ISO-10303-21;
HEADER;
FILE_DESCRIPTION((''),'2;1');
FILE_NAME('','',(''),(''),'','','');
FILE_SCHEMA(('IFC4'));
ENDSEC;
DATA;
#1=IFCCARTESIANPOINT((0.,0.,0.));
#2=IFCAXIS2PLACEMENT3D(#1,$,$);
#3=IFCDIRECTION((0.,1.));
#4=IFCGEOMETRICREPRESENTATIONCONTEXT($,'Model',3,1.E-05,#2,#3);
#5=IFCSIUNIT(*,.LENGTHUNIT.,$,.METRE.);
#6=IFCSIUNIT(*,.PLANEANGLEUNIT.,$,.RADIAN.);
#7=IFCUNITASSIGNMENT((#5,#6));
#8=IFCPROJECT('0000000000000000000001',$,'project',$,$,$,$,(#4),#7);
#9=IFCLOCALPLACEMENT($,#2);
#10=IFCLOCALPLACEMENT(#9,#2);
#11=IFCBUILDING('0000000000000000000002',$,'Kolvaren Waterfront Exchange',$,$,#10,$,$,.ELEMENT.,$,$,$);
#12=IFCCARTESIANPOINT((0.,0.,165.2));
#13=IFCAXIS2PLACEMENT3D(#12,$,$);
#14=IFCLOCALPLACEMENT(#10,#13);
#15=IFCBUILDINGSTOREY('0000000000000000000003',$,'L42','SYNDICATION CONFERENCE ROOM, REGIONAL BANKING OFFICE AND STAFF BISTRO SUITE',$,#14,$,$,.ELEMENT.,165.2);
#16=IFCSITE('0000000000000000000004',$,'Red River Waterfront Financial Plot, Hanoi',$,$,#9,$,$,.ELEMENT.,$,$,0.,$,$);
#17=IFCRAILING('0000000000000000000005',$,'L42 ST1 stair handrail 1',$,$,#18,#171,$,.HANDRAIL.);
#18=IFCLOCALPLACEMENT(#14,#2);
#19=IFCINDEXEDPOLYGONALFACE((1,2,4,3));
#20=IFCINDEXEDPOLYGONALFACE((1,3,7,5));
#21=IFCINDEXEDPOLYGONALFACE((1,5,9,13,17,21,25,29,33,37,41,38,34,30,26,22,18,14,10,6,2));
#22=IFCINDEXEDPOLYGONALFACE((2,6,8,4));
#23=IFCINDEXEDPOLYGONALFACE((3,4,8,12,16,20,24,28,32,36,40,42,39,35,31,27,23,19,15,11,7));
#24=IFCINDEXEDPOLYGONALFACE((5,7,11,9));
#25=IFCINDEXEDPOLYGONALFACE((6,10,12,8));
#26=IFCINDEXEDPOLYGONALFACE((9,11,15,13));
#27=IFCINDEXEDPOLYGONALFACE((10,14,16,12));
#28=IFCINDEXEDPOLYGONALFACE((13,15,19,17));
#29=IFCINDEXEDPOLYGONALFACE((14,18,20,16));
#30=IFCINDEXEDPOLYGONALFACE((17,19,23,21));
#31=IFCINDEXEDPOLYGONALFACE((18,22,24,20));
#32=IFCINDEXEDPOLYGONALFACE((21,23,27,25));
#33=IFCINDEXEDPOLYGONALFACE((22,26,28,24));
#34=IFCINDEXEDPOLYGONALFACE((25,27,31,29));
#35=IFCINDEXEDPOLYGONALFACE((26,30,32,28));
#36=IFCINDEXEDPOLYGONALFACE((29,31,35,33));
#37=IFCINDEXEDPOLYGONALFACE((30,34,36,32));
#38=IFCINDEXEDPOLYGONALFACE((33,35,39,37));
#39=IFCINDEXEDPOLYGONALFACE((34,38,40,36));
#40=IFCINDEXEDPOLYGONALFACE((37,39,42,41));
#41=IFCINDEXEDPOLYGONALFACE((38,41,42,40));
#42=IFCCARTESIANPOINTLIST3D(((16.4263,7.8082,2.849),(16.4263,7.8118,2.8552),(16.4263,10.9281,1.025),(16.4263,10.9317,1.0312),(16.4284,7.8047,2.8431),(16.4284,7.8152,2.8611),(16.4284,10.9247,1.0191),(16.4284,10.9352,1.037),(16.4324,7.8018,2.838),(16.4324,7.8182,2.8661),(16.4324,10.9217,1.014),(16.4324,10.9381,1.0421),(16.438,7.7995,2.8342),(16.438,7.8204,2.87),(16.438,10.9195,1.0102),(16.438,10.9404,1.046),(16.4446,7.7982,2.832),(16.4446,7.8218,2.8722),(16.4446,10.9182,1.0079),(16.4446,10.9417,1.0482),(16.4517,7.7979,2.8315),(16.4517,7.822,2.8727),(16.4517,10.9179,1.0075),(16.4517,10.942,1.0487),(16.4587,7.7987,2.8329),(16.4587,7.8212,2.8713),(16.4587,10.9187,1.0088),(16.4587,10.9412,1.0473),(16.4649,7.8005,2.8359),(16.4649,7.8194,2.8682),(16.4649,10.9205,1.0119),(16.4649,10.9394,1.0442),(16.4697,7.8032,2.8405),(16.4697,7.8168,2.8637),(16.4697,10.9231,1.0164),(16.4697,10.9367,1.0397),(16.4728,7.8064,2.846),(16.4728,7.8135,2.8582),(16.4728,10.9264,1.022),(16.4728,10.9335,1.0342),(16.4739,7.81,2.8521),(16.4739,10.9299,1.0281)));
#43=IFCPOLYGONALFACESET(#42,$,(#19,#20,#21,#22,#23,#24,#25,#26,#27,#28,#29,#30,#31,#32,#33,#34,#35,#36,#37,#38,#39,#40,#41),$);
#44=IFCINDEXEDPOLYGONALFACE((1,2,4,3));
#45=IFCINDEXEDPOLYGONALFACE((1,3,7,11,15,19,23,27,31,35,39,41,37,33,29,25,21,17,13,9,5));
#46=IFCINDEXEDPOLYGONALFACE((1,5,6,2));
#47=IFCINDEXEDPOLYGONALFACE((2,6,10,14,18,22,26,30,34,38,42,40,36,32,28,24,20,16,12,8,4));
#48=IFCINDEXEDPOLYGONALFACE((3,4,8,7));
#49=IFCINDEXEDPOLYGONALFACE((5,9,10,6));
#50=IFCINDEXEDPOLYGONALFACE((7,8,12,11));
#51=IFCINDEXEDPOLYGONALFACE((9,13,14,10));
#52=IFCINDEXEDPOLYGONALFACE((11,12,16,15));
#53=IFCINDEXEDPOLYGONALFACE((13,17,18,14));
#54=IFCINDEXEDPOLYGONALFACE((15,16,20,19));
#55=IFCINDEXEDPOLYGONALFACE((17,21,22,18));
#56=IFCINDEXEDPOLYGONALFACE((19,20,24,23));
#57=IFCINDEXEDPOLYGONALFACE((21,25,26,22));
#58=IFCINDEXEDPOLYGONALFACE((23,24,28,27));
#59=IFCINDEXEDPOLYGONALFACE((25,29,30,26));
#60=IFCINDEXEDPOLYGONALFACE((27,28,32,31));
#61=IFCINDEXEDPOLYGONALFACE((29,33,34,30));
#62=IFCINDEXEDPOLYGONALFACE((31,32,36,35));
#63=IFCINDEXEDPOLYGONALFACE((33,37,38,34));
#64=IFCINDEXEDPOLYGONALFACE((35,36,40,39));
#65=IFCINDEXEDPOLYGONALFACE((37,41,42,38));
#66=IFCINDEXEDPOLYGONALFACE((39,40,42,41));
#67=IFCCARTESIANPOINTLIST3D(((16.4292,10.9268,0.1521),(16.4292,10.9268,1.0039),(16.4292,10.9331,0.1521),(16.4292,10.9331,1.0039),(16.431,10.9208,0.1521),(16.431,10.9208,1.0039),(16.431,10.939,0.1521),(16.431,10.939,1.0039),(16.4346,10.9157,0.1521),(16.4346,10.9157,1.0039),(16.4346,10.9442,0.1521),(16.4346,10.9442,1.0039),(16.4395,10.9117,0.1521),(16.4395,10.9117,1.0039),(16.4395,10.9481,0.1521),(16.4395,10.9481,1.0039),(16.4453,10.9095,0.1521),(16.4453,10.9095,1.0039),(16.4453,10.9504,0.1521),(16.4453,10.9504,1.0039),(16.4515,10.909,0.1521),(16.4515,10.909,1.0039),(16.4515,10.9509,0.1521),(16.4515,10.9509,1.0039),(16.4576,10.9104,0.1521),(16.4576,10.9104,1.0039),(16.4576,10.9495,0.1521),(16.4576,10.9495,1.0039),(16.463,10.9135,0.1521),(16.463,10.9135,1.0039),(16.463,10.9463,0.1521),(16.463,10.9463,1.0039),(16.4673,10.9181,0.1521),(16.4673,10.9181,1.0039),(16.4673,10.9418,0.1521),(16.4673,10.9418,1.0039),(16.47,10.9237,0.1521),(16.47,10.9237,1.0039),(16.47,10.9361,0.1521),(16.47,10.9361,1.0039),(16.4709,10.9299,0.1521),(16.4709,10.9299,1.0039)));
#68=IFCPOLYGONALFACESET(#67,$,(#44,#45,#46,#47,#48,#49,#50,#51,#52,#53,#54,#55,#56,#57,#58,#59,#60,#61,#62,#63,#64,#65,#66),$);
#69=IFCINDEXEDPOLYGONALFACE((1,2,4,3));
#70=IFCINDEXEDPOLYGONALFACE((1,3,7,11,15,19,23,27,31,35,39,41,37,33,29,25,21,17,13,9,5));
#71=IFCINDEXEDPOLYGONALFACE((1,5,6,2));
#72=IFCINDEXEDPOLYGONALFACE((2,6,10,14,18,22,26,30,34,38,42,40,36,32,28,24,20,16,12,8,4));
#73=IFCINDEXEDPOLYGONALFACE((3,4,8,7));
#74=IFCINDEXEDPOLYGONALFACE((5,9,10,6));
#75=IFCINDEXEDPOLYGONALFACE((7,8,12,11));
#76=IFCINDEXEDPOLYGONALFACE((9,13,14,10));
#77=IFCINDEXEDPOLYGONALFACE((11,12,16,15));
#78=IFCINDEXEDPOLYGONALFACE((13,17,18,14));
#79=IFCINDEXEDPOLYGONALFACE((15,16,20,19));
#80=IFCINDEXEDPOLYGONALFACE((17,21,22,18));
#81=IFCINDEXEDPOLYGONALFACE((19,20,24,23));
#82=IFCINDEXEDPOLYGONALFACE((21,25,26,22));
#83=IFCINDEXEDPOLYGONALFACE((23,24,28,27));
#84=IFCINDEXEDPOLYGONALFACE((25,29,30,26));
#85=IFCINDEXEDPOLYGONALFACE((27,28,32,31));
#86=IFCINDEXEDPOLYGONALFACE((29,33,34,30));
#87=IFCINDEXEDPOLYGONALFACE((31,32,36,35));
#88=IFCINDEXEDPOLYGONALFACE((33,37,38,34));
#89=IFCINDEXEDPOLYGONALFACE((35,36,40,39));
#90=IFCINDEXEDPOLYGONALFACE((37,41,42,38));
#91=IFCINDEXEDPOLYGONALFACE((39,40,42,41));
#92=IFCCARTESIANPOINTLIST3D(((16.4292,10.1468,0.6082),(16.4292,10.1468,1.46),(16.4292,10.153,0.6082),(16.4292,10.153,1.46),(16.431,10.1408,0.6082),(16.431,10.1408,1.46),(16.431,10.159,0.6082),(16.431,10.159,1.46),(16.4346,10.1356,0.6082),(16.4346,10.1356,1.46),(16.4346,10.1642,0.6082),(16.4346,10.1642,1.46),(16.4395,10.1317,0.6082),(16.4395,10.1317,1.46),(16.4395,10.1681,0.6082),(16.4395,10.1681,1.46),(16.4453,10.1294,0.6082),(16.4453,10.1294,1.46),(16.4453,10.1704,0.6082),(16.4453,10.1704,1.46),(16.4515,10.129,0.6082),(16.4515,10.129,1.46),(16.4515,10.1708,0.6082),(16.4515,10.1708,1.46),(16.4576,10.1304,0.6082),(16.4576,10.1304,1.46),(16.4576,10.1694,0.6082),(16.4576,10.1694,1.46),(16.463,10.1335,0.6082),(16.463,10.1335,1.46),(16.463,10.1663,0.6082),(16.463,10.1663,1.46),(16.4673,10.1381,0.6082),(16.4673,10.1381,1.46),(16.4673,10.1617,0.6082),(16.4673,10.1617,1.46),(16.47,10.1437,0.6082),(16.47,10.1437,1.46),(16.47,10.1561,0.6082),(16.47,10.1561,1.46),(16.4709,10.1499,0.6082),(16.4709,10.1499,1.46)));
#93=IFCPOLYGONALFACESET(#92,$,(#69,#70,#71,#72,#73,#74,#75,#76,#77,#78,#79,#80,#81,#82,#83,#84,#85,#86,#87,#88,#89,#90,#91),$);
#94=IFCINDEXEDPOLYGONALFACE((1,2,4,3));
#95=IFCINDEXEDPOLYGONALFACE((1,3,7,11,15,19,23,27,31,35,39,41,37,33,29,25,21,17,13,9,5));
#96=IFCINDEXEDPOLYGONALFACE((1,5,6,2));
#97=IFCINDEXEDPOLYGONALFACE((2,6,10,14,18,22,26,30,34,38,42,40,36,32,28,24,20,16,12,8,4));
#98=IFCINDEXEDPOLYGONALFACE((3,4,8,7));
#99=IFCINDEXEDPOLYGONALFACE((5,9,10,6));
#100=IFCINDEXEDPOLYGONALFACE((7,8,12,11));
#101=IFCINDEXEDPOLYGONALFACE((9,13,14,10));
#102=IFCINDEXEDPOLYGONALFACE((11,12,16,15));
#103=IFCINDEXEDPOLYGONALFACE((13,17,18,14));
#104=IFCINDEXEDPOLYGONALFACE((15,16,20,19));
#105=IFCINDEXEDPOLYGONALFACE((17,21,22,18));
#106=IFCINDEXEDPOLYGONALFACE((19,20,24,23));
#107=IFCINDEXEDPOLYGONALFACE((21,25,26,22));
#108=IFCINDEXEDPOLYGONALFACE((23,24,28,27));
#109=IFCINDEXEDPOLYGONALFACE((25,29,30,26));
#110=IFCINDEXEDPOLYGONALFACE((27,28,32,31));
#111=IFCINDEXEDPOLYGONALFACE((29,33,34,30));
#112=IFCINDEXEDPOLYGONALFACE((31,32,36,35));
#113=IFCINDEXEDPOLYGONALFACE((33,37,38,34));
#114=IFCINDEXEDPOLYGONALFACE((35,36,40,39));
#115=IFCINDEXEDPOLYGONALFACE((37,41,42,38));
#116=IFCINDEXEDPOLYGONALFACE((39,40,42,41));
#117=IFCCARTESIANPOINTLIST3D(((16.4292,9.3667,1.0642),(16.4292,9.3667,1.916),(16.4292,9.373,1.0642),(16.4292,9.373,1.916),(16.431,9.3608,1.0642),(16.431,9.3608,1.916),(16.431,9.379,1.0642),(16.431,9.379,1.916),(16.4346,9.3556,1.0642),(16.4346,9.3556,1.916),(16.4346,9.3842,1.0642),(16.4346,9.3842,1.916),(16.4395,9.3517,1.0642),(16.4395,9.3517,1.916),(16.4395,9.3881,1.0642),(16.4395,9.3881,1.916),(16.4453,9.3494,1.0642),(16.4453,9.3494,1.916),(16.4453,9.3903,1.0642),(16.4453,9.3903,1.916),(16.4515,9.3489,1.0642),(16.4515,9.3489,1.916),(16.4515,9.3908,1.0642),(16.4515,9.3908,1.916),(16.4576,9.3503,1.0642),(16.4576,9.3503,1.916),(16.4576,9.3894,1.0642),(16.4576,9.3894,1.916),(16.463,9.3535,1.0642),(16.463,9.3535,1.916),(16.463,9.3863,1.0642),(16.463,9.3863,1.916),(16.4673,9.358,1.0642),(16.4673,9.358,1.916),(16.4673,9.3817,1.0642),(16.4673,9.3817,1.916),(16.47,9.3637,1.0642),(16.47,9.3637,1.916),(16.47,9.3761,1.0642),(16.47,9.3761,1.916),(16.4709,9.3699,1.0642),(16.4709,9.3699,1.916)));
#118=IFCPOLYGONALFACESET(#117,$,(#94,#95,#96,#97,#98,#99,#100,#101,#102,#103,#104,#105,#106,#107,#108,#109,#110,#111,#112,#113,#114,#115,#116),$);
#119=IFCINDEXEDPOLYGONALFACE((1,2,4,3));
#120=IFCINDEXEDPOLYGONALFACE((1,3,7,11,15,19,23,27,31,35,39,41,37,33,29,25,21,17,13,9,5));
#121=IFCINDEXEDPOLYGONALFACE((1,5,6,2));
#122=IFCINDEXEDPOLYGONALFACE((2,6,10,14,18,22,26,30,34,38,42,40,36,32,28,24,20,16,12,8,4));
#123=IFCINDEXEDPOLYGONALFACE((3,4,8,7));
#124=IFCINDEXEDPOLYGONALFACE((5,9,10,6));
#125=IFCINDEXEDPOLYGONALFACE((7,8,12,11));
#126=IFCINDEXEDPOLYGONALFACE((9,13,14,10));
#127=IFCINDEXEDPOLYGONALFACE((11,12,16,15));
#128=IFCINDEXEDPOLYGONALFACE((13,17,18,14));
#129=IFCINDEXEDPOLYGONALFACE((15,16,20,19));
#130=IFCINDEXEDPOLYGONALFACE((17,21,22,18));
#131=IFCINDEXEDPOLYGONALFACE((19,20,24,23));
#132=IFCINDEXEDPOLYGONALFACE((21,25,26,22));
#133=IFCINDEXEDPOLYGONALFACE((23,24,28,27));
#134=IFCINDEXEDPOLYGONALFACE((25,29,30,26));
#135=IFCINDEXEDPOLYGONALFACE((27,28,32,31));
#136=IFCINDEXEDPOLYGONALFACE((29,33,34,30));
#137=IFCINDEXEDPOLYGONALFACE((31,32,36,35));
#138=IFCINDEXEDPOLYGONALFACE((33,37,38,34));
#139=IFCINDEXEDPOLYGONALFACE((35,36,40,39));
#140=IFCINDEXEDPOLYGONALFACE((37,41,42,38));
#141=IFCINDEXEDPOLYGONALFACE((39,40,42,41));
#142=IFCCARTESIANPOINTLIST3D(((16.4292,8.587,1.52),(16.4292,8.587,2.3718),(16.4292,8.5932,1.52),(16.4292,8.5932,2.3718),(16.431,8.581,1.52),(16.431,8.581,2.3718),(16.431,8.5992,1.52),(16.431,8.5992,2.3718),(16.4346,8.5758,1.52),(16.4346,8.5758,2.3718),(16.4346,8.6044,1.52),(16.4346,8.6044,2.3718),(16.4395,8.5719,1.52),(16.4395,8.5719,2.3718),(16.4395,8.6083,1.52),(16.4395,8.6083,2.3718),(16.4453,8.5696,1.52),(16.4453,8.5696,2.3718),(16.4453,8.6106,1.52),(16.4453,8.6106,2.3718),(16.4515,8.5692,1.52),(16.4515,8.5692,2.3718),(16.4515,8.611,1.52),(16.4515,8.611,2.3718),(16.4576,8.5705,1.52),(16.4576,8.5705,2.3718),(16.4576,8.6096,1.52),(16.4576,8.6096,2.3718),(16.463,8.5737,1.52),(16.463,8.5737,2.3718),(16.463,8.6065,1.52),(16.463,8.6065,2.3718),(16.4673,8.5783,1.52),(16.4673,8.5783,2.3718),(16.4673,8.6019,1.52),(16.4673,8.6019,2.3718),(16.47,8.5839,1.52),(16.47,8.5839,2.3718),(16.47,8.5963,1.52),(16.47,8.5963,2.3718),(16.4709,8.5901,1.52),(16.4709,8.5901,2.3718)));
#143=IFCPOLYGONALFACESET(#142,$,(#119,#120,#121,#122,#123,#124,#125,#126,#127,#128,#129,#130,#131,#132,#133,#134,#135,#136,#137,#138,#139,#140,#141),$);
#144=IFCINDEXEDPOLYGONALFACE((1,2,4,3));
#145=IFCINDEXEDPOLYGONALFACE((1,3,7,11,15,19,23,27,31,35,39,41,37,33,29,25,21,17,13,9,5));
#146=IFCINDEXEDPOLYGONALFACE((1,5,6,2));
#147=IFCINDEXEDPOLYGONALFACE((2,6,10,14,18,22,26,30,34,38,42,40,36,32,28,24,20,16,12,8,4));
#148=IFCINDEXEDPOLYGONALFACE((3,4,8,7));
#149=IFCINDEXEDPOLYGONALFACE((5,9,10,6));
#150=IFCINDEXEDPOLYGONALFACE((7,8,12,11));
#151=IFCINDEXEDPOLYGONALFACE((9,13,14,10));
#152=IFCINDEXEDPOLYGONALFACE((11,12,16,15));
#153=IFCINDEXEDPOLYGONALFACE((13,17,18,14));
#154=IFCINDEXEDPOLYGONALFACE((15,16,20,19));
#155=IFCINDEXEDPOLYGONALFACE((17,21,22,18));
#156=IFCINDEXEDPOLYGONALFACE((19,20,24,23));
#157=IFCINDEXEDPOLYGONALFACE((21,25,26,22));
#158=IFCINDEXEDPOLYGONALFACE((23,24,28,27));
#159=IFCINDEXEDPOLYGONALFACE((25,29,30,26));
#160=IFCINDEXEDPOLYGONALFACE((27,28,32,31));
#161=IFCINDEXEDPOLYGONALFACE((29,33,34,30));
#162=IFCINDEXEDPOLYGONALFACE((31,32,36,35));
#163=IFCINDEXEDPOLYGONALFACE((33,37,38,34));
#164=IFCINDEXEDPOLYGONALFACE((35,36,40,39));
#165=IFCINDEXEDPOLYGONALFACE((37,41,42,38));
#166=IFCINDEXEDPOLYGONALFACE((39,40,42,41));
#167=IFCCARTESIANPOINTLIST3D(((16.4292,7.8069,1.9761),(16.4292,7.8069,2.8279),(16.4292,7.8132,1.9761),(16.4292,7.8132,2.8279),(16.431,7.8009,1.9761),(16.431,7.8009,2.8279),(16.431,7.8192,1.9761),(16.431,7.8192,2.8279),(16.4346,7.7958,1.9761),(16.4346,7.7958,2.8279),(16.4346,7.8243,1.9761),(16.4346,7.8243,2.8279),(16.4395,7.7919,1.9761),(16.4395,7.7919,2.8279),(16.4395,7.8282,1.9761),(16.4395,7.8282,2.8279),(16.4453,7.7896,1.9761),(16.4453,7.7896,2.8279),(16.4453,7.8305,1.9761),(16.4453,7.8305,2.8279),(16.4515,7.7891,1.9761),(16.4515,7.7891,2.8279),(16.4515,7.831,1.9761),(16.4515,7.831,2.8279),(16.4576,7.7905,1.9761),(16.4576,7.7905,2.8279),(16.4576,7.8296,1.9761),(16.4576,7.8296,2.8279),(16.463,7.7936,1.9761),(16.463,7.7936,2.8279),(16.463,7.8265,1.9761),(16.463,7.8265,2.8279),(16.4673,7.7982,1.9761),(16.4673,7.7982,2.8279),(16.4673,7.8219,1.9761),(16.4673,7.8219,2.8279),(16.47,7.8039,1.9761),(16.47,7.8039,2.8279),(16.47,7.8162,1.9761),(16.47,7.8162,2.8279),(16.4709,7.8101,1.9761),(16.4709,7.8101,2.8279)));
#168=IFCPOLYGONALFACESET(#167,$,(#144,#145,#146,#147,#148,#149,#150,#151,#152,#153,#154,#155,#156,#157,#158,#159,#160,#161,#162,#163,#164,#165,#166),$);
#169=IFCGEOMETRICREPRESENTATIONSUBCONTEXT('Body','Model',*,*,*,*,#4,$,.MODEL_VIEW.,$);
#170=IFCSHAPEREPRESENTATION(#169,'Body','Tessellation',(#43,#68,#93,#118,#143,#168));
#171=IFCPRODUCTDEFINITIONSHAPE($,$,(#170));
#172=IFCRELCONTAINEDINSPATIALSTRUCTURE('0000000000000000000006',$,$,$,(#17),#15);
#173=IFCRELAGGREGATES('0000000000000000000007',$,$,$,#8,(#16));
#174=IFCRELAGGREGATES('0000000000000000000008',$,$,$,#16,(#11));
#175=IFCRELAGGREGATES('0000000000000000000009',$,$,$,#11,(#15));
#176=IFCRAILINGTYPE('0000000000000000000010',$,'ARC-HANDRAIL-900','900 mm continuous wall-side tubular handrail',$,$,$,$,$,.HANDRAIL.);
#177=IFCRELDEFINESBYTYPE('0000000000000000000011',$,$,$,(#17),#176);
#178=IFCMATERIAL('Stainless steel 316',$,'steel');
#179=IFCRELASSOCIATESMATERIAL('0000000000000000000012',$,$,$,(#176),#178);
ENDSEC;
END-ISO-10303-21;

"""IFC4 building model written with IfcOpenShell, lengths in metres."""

from ifc_helpers import new_model, si_unit, direction, frame, origin, origin_2d, place, context, subcontext, project, spatial, circle, extrude, material, type_object, element, save


model = new_model("IFC4")

# Units and contexts
model_context = context("Model", 3, precision=1e-05, world=origin(), true_north=direction((0.0, 1.0)))
body_context = subcontext(model_context, "Body", "Model", "MODEL_VIEW")
ifc_project = project(units=[si_unit("LENGTHUNIT", "METRE"), si_unit("PLANEANGLEUNIT", "RADIAN")], contexts=[model_context])

# Site, building, storey
site_placement = place(None, origin())
site = spatial("IfcSite", under=ifc_project, at=site_placement, Name="Red River Waterfront Financial Plot, Hanoi", CompositionType="ELEMENT", RefElevation=0.0)
building_placement = place(site_placement, origin())
building = spatial("IfcBuilding", under=site, at=building_placement, Name="Kolvaren Waterfront Exchange", CompositionType="ELEMENT")
storey_placement = place(building_placement, frame((0.0, 0.0, 165.2)))
storey = spatial("IfcBuildingStorey", under=building, at=storey_placement, Name="L42", Description="SYNDICATION CONFERENCE ROOM, REGIONAL BANKING OFFICE AND STAFF BISTRO SUITE", CompositionType="ELEMENT", Elevation=165.2)

# Railing
ifc_material_1 = material(Name="Stainless steel 316", Category="steel")
railing_type_1 = type_object("IfcRailingType", Name="ARC-HANDRAIL-900", Description="900 mm continuous wall-side tubular handrail", PredefinedType="HANDRAIL", material=ifc_material_1)
railing_1_placement = place(storey_placement, frame((16.45, 10.9299, 0.1521)))
element("IfcRailing", 1, at=railing_1_placement, inside=storey, type_object=railing_type_1, Name="L42 ST1 stair handrail 1", PredefinedType="HANDRAIL", context=body_context, shape_type="SweptSolid", body=[
    extrude(circle(Radius=0.0239, at=origin_2d()), frame((0.0, 0.0, 0.876), z_axis=(0.0, -0.863291, 0.504707), x_axis=(1.0, 0.0, 0.0)), (0.0, 0.0, 1.0), 3.614),
    extrude(circle(Radius=0.021, at=origin_2d()), origin(), (0.0, 0.0, 1.0), 0.8518),
    extrude(circle(Radius=0.021, at=origin_2d()), frame((0.0, -0.78, 0.4561)), (0.0, 0.0, 1.0), 0.8518),
    extrude(circle(Radius=0.021, at=origin_2d()), frame((0.0, -1.5601, 0.9121)), (0.0, 0.0, 1.0), 0.8518),
    extrude(circle(Radius=0.021, at=origin_2d()), frame((0.0, -2.3398, 1.3679)), (0.0, 0.0, 1.0), 0.8518),
    extrude(circle(Radius=0.021, at=origin_2d()), frame((0.0, -3.1199, 1.824)), (0.0, 0.0, 1.0), 0.8518),
])

save(model, "model.ifc")
